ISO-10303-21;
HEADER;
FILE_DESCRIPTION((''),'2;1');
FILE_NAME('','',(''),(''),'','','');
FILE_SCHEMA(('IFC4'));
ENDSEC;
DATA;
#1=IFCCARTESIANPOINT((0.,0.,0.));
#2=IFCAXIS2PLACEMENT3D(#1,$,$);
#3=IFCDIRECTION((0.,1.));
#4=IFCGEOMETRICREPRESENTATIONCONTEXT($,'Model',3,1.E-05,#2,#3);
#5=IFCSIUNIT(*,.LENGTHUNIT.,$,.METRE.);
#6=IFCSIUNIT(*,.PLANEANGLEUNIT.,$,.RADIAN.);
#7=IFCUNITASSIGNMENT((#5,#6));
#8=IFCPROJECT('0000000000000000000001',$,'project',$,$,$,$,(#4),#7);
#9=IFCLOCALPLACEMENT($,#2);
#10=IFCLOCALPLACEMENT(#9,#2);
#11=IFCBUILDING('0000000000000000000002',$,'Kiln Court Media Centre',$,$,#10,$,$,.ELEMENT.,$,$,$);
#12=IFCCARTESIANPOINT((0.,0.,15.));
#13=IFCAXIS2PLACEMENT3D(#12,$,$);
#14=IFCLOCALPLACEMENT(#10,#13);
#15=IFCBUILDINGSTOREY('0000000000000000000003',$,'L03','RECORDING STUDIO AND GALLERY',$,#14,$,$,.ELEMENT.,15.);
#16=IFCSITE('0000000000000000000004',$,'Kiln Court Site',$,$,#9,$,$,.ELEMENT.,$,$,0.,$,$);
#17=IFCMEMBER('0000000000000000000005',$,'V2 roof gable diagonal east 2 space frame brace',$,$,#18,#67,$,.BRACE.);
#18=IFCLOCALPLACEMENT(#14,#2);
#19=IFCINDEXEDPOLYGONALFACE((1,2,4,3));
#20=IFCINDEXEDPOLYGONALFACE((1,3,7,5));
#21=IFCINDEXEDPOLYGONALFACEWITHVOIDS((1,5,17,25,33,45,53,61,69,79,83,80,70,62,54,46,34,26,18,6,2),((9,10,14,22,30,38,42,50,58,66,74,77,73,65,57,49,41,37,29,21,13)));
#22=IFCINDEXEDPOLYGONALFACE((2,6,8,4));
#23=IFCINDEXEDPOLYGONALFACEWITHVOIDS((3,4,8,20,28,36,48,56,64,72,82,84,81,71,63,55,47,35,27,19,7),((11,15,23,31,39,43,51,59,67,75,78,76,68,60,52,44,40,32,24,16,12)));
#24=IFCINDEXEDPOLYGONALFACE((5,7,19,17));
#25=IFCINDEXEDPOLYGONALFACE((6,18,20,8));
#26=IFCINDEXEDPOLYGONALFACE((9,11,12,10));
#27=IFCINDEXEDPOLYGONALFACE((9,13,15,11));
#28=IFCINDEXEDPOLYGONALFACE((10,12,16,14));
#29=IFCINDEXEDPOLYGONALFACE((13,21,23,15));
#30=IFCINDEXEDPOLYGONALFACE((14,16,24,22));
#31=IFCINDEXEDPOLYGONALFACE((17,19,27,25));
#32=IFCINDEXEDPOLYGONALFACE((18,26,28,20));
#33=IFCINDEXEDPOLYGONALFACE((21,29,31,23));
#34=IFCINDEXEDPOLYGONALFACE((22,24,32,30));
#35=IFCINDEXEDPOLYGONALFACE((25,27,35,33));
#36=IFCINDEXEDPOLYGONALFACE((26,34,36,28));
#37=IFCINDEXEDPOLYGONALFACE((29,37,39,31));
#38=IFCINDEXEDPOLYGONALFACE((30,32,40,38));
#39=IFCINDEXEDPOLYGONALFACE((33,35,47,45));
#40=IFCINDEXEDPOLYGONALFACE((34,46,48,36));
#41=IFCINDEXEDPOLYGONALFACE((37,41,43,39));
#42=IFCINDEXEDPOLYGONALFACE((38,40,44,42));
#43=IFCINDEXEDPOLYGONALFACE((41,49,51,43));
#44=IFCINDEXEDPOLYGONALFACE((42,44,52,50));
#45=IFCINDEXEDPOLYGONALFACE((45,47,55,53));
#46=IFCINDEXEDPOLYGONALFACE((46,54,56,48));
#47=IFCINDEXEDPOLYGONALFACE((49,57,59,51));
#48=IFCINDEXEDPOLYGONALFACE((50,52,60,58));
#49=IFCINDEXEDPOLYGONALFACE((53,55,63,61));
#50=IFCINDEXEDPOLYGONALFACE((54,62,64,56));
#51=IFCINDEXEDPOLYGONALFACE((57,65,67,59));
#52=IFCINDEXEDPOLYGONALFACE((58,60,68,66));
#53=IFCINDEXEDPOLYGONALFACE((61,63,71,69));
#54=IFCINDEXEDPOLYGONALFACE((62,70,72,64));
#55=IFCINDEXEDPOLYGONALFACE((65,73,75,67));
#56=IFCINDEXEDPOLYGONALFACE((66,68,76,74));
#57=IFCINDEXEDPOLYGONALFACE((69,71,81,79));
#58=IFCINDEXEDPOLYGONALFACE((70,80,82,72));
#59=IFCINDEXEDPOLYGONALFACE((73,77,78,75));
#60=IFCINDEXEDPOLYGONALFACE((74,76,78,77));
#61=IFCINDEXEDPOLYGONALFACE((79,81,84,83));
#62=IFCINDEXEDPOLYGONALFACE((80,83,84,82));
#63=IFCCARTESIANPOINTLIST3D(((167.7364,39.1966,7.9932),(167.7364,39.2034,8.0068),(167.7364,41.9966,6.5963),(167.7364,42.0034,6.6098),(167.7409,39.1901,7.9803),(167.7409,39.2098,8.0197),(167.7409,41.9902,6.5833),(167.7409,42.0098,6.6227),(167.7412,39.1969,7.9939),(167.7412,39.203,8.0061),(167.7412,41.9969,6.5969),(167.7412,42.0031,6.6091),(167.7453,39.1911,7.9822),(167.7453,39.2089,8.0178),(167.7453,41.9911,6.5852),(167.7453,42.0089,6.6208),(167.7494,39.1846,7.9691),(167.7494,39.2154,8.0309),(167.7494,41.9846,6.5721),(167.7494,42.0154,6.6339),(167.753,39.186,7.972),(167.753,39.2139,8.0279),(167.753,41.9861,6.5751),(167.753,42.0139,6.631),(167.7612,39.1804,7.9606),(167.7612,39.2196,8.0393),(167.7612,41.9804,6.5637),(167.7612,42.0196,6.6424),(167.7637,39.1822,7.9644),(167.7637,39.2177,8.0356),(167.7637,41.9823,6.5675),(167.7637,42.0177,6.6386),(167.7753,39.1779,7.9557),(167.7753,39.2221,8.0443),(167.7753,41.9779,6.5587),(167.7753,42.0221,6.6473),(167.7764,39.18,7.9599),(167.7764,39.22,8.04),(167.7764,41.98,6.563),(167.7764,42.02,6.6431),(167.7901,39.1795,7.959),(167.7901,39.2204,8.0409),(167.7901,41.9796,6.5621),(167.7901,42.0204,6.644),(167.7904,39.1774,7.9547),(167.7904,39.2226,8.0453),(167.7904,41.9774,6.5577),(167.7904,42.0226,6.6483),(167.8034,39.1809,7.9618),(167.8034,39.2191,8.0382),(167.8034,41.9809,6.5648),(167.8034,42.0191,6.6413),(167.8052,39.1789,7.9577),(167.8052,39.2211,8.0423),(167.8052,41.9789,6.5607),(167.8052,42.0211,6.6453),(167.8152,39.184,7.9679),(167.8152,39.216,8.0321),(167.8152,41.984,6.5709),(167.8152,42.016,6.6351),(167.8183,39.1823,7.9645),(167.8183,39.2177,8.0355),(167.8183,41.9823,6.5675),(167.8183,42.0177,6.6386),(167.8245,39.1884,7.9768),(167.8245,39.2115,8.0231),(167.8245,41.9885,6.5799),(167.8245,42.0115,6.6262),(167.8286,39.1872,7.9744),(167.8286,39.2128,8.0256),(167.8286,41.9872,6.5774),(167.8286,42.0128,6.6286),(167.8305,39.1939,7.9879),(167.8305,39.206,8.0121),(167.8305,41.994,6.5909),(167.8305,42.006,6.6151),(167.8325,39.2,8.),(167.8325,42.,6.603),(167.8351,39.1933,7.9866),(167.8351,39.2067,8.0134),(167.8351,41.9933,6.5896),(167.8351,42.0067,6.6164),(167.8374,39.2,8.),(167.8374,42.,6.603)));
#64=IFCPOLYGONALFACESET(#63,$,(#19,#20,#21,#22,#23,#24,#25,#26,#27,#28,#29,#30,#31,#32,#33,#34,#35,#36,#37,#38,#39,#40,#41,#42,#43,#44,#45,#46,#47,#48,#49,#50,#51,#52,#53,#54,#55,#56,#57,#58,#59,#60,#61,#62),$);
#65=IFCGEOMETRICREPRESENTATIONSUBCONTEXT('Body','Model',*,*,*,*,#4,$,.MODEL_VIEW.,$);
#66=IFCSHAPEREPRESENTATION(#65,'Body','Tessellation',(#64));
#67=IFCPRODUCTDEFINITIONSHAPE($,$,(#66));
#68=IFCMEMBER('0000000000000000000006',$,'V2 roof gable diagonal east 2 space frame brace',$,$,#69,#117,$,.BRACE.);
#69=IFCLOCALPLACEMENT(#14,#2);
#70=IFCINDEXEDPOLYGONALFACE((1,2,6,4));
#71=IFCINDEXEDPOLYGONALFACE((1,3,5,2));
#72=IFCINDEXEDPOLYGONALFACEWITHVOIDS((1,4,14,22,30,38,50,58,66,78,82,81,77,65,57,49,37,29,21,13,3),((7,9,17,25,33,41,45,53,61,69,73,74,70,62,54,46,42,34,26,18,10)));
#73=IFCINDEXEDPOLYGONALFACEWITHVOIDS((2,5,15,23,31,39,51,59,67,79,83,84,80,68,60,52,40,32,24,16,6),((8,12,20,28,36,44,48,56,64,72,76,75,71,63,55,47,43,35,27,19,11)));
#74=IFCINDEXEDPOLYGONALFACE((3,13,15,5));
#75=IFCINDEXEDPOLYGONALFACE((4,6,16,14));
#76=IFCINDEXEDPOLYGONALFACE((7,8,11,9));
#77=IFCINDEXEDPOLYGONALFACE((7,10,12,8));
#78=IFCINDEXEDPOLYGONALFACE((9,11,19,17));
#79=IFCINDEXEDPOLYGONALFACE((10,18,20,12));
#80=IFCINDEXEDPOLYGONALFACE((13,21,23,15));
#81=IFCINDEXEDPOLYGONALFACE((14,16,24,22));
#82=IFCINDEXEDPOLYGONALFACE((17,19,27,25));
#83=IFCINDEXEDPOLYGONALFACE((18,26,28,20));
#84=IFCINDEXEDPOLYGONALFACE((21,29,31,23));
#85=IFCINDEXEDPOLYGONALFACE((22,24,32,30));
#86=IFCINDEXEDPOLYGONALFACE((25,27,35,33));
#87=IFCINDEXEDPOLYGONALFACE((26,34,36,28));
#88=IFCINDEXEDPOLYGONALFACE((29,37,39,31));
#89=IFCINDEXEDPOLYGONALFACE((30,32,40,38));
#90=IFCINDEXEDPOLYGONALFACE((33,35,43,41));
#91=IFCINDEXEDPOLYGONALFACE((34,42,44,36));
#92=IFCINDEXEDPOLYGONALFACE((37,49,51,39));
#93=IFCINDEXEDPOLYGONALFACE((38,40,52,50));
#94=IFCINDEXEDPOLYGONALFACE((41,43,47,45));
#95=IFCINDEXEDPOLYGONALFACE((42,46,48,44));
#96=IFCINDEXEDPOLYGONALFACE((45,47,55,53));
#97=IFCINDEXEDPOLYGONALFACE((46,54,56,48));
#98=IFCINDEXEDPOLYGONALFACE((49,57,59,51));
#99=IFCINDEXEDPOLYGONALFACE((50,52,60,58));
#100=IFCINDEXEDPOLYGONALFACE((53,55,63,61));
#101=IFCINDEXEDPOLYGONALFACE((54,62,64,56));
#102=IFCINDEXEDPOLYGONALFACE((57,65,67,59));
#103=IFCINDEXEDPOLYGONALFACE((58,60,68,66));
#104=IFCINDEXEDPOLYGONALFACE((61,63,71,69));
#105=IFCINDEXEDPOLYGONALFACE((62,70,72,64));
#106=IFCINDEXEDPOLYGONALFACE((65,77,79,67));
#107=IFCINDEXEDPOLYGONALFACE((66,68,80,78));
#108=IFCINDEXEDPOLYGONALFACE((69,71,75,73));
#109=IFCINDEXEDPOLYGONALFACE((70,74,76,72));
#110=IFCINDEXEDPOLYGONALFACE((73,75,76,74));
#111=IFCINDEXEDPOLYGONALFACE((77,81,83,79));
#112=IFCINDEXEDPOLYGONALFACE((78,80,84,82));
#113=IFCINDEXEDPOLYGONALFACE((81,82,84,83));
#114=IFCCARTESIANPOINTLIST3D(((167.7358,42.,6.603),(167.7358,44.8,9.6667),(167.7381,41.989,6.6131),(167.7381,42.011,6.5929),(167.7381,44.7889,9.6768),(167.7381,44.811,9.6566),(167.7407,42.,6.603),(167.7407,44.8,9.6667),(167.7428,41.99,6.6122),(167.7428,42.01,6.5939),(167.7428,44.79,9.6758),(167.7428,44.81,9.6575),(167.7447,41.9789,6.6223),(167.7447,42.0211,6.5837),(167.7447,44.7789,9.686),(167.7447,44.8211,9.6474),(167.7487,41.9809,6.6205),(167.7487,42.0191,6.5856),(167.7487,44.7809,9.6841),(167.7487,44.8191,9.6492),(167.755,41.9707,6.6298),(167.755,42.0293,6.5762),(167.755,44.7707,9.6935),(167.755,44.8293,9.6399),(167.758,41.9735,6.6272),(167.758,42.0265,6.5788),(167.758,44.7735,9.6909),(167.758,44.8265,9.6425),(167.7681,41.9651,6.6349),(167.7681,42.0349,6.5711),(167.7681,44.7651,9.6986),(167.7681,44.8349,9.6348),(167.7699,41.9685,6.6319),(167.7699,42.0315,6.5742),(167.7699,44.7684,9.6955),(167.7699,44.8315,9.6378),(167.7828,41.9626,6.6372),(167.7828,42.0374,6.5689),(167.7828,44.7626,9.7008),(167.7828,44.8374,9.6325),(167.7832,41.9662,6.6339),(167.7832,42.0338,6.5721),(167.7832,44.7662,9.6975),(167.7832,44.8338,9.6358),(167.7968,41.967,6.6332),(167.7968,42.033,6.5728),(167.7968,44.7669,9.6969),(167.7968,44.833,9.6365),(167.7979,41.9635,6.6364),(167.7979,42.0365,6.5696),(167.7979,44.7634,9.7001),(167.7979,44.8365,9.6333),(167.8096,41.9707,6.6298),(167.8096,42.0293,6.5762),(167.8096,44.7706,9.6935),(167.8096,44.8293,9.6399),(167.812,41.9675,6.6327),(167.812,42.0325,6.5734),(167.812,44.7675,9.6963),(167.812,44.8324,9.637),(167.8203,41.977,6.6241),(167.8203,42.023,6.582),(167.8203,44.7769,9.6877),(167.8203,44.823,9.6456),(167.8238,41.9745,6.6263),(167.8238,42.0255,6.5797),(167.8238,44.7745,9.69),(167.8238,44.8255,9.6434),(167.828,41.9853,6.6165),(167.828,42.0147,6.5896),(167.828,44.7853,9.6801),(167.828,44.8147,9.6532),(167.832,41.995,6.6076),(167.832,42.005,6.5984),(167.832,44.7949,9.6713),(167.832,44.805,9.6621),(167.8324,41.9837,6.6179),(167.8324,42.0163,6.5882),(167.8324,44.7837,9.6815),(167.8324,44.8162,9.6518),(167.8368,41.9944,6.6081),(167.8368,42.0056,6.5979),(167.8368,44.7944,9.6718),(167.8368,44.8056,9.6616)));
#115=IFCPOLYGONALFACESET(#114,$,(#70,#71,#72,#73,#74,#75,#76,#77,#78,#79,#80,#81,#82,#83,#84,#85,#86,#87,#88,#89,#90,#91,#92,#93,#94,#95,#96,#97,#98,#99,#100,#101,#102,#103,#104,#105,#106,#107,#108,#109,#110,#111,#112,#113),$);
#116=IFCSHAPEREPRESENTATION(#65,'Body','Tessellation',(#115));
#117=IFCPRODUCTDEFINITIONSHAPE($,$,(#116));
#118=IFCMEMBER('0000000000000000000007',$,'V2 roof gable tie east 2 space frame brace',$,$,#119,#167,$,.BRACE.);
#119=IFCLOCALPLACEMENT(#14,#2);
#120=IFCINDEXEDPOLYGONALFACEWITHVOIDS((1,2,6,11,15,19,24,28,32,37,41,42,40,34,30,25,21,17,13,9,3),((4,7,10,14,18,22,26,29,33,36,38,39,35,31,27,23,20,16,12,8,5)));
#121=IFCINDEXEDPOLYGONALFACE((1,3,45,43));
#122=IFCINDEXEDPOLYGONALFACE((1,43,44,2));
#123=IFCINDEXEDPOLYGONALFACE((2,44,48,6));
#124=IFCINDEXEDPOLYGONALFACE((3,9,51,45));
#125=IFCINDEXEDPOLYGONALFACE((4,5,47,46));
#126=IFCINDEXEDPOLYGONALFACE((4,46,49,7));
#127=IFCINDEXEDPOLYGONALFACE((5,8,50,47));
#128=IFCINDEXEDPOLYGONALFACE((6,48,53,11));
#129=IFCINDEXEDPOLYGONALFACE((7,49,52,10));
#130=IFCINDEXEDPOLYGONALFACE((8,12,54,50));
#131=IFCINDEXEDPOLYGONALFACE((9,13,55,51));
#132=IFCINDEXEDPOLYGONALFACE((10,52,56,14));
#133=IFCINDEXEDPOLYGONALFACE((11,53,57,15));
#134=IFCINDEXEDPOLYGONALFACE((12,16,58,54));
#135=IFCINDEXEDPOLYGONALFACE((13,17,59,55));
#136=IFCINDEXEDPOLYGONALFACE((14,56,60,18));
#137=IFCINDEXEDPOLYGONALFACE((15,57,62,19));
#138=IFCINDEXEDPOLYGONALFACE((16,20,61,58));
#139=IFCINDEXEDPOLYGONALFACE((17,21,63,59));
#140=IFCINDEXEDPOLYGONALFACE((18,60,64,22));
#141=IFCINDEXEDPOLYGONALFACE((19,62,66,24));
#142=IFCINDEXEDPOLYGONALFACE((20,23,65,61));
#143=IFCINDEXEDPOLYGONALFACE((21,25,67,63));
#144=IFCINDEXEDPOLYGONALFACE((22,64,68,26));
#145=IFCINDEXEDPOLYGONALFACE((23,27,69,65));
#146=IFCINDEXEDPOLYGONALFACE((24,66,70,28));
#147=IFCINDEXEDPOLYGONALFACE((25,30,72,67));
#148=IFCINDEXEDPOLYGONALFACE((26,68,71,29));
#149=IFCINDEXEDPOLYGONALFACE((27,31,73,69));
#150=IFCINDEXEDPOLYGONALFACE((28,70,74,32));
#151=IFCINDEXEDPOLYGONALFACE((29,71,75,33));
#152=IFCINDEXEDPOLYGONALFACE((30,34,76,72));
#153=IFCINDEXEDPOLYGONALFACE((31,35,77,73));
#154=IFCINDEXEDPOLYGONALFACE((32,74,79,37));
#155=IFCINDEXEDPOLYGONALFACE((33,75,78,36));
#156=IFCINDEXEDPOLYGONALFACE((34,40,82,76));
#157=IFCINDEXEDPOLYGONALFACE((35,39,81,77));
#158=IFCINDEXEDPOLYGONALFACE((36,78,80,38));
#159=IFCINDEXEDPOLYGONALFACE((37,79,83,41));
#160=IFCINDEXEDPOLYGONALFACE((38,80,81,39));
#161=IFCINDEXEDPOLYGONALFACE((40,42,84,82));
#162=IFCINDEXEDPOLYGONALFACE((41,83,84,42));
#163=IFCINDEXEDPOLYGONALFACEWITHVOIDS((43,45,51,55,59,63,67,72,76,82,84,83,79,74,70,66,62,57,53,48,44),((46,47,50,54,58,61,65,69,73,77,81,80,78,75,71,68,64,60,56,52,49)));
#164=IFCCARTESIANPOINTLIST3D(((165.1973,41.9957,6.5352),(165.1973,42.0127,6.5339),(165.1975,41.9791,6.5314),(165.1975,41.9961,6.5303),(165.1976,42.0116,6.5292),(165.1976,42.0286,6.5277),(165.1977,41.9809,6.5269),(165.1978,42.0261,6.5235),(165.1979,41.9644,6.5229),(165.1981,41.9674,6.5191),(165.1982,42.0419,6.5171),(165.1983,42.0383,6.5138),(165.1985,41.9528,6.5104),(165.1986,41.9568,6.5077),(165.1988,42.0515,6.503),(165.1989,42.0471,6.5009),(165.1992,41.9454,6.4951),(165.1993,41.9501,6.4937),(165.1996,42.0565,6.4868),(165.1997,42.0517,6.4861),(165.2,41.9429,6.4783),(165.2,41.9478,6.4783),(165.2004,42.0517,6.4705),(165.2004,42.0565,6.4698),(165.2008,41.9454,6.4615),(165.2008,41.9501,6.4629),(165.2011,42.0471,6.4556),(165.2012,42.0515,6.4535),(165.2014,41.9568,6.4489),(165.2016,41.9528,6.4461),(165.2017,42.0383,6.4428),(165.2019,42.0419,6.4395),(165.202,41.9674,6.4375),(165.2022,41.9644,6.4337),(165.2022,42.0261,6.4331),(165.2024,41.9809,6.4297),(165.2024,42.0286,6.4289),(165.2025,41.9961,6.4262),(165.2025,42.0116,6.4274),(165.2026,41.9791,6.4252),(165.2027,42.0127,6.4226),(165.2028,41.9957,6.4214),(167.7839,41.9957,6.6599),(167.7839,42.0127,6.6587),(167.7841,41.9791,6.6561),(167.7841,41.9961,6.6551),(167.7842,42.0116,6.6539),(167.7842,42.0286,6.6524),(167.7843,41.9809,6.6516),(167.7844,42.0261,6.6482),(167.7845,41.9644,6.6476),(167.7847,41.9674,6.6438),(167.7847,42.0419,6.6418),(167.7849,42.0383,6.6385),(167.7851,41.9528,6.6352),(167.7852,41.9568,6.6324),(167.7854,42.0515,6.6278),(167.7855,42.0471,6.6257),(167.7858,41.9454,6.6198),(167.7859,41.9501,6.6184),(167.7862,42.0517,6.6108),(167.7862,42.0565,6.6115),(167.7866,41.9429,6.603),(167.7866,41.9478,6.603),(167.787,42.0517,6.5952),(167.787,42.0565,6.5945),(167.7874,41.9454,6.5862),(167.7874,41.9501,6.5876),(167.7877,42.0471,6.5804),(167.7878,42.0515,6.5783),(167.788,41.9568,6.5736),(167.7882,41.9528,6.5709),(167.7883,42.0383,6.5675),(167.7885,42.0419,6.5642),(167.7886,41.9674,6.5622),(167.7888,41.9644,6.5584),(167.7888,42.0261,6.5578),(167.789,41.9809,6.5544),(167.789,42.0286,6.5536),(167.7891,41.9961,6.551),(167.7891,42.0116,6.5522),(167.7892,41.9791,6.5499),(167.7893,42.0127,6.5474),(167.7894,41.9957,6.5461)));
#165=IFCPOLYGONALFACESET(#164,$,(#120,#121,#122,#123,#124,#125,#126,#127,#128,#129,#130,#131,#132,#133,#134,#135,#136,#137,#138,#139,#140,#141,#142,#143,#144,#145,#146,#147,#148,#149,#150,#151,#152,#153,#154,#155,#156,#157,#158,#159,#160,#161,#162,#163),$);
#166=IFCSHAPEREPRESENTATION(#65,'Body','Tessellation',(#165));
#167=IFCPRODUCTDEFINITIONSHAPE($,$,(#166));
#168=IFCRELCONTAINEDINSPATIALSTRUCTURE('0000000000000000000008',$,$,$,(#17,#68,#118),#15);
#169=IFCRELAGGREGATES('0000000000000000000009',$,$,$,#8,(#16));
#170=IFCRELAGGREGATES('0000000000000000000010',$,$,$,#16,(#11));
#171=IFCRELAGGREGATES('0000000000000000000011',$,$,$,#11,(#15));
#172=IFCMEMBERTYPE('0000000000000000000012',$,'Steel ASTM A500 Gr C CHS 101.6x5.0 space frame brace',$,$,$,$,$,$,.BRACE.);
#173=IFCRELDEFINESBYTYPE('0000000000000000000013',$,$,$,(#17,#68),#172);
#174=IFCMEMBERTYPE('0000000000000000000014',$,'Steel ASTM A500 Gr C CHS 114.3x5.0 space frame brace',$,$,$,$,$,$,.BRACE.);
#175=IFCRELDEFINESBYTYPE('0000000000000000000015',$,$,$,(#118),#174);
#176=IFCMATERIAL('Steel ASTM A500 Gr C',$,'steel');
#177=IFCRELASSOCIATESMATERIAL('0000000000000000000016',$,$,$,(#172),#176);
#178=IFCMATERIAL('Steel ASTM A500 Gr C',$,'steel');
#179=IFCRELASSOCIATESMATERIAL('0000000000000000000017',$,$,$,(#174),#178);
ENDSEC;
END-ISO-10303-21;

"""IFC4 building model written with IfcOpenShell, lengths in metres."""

from ifc_helpers import new_model, si_unit, direction, frame, origin, origin_2d, place, context, subcontext, project, spatial, hollow_circle, extrude, material, material_profile, profile_set, type_object, element, save


model = new_model("IFC4")

# Units and contexts
model_context = context("Model", 3, precision=1e-05, world=origin(), true_north=direction((0.0, 1.0)))
body_context = subcontext(model_context, "Body", "Model", "MODEL_VIEW")
ifc_project = project(units=[si_unit("LENGTHUNIT", "METRE"), si_unit("PLANEANGLEUNIT", "RADIAN")], contexts=[model_context])

# Site, building, storey
site_placement = place(None, origin())
site = spatial("IfcSite", under=ifc_project, at=site_placement, Name="Kiln Court Site", CompositionType="ELEMENT", RefElevation=0.0)
building_placement = place(site_placement, origin())
building = spatial("IfcBuilding", under=site, at=building_placement, Name="Kiln Court Media Centre", CompositionType="ELEMENT")
storey_placement = place(building_placement, frame((0.0, 0.0, 15.0)))
storey = spatial("IfcBuildingStorey", under=building, at=storey_placement, Name="L03", Description="RECORDING STUDIO AND GALLERY", CompositionType="ELEMENT", Elevation=15.0)

# Members
ifc_material_1 = material(Name="Steel ASTM A500 Gr C", Category="steel")
ifc_material_profile_1 = material_profile(ifc_material_1, hollow_circle(Radius=0.0508, WallThickness=0.0049, at=origin_2d()), Name="CHS 101.6x5.0")
ifc_profile_set_1 = profile_set([ifc_material_profile_1], Name="Steel ASTM A500 Gr C")
member_type_1 = type_object("IfcMemberType", Name="Steel ASTM A500 Gr C CHS 101.6x5.0 space frame brace", PredefinedType="BRACE", material=ifc_profile_set_1)
member_1_placement = place(storey_placement, frame((167.7866, 42.0, 6.603), z_axis=(0.0, -0.894817, 0.446433), x_axis=(1.0, 0.0, 0.0)))
element("IfcMember", 1, at=member_1_placement, inside=storey, type_object=member_type_1, Name="V2 roof gable diagonal east 2 space frame brace", PredefinedType="BRACE", context=body_context, shape_type="SweptSolid", body=[
    extrude(hollow_circle(Radius=0.0508, WallThickness=0.0049, at=origin_2d()), origin(), (0.0, 0.0, 1.0), 3.1292),
])
member_2_placement = place(storey_placement, frame((167.7866, 42.0, 6.603), z_axis=(0.0, 0.674629, 0.738157), x_axis=(-1.0, 0.0, 0.0)))
element("IfcMember", 2, at=member_2_placement, inside=storey, type_object=member_type_1, Name="V2 roof gable diagonal east 2 space frame brace", PredefinedType="BRACE", context=body_context, shape_type="SweptSolid", body=[
    extrude(hollow_circle(Radius=0.0508, WallThickness=0.0049, at=origin_2d()), origin(), (0.0, 0.0, 1.0), 4.1504),
])
ifc_material_2 = material(Name="Steel ASTM A500 Gr C", Category="steel")
ifc_material_profile_2 = material_profile(ifc_material_2, hollow_circle(Radius=0.0571, WallThickness=0.0049, at=origin_2d()), Name="CHS 114.3x5.0")
ifc_profile_set_2 = profile_set([ifc_material_profile_2], Name="Steel ASTM A500 Gr C")
member_type_2 = type_object("IfcMemberType", Name="Steel ASTM A500 Gr C CHS 114.3x5.0 space frame brace", PredefinedType="BRACE", material=ifc_profile_set_2)
member_3_placement = place(storey_placement, frame((167.7866, 42.0, 6.603), z_axis=(-0.998839, 0.0, -0.048174), x_axis=(0.0, -1.0, 0.0)))
element("IfcMember", 3, at=member_3_placement, inside=storey, type_object=member_type_2, Name="V2 roof gable tie east 2 space frame brace", PredefinedType="BRACE", context=body_context, shape_type="SweptSolid", body=[
    extrude(hollow_circle(Radius=0.0571, WallThickness=0.0049, at=origin_2d()), origin(), (0.0, 0.0, 1.0), 2.5896),
])

save(model, "model.ifc")
